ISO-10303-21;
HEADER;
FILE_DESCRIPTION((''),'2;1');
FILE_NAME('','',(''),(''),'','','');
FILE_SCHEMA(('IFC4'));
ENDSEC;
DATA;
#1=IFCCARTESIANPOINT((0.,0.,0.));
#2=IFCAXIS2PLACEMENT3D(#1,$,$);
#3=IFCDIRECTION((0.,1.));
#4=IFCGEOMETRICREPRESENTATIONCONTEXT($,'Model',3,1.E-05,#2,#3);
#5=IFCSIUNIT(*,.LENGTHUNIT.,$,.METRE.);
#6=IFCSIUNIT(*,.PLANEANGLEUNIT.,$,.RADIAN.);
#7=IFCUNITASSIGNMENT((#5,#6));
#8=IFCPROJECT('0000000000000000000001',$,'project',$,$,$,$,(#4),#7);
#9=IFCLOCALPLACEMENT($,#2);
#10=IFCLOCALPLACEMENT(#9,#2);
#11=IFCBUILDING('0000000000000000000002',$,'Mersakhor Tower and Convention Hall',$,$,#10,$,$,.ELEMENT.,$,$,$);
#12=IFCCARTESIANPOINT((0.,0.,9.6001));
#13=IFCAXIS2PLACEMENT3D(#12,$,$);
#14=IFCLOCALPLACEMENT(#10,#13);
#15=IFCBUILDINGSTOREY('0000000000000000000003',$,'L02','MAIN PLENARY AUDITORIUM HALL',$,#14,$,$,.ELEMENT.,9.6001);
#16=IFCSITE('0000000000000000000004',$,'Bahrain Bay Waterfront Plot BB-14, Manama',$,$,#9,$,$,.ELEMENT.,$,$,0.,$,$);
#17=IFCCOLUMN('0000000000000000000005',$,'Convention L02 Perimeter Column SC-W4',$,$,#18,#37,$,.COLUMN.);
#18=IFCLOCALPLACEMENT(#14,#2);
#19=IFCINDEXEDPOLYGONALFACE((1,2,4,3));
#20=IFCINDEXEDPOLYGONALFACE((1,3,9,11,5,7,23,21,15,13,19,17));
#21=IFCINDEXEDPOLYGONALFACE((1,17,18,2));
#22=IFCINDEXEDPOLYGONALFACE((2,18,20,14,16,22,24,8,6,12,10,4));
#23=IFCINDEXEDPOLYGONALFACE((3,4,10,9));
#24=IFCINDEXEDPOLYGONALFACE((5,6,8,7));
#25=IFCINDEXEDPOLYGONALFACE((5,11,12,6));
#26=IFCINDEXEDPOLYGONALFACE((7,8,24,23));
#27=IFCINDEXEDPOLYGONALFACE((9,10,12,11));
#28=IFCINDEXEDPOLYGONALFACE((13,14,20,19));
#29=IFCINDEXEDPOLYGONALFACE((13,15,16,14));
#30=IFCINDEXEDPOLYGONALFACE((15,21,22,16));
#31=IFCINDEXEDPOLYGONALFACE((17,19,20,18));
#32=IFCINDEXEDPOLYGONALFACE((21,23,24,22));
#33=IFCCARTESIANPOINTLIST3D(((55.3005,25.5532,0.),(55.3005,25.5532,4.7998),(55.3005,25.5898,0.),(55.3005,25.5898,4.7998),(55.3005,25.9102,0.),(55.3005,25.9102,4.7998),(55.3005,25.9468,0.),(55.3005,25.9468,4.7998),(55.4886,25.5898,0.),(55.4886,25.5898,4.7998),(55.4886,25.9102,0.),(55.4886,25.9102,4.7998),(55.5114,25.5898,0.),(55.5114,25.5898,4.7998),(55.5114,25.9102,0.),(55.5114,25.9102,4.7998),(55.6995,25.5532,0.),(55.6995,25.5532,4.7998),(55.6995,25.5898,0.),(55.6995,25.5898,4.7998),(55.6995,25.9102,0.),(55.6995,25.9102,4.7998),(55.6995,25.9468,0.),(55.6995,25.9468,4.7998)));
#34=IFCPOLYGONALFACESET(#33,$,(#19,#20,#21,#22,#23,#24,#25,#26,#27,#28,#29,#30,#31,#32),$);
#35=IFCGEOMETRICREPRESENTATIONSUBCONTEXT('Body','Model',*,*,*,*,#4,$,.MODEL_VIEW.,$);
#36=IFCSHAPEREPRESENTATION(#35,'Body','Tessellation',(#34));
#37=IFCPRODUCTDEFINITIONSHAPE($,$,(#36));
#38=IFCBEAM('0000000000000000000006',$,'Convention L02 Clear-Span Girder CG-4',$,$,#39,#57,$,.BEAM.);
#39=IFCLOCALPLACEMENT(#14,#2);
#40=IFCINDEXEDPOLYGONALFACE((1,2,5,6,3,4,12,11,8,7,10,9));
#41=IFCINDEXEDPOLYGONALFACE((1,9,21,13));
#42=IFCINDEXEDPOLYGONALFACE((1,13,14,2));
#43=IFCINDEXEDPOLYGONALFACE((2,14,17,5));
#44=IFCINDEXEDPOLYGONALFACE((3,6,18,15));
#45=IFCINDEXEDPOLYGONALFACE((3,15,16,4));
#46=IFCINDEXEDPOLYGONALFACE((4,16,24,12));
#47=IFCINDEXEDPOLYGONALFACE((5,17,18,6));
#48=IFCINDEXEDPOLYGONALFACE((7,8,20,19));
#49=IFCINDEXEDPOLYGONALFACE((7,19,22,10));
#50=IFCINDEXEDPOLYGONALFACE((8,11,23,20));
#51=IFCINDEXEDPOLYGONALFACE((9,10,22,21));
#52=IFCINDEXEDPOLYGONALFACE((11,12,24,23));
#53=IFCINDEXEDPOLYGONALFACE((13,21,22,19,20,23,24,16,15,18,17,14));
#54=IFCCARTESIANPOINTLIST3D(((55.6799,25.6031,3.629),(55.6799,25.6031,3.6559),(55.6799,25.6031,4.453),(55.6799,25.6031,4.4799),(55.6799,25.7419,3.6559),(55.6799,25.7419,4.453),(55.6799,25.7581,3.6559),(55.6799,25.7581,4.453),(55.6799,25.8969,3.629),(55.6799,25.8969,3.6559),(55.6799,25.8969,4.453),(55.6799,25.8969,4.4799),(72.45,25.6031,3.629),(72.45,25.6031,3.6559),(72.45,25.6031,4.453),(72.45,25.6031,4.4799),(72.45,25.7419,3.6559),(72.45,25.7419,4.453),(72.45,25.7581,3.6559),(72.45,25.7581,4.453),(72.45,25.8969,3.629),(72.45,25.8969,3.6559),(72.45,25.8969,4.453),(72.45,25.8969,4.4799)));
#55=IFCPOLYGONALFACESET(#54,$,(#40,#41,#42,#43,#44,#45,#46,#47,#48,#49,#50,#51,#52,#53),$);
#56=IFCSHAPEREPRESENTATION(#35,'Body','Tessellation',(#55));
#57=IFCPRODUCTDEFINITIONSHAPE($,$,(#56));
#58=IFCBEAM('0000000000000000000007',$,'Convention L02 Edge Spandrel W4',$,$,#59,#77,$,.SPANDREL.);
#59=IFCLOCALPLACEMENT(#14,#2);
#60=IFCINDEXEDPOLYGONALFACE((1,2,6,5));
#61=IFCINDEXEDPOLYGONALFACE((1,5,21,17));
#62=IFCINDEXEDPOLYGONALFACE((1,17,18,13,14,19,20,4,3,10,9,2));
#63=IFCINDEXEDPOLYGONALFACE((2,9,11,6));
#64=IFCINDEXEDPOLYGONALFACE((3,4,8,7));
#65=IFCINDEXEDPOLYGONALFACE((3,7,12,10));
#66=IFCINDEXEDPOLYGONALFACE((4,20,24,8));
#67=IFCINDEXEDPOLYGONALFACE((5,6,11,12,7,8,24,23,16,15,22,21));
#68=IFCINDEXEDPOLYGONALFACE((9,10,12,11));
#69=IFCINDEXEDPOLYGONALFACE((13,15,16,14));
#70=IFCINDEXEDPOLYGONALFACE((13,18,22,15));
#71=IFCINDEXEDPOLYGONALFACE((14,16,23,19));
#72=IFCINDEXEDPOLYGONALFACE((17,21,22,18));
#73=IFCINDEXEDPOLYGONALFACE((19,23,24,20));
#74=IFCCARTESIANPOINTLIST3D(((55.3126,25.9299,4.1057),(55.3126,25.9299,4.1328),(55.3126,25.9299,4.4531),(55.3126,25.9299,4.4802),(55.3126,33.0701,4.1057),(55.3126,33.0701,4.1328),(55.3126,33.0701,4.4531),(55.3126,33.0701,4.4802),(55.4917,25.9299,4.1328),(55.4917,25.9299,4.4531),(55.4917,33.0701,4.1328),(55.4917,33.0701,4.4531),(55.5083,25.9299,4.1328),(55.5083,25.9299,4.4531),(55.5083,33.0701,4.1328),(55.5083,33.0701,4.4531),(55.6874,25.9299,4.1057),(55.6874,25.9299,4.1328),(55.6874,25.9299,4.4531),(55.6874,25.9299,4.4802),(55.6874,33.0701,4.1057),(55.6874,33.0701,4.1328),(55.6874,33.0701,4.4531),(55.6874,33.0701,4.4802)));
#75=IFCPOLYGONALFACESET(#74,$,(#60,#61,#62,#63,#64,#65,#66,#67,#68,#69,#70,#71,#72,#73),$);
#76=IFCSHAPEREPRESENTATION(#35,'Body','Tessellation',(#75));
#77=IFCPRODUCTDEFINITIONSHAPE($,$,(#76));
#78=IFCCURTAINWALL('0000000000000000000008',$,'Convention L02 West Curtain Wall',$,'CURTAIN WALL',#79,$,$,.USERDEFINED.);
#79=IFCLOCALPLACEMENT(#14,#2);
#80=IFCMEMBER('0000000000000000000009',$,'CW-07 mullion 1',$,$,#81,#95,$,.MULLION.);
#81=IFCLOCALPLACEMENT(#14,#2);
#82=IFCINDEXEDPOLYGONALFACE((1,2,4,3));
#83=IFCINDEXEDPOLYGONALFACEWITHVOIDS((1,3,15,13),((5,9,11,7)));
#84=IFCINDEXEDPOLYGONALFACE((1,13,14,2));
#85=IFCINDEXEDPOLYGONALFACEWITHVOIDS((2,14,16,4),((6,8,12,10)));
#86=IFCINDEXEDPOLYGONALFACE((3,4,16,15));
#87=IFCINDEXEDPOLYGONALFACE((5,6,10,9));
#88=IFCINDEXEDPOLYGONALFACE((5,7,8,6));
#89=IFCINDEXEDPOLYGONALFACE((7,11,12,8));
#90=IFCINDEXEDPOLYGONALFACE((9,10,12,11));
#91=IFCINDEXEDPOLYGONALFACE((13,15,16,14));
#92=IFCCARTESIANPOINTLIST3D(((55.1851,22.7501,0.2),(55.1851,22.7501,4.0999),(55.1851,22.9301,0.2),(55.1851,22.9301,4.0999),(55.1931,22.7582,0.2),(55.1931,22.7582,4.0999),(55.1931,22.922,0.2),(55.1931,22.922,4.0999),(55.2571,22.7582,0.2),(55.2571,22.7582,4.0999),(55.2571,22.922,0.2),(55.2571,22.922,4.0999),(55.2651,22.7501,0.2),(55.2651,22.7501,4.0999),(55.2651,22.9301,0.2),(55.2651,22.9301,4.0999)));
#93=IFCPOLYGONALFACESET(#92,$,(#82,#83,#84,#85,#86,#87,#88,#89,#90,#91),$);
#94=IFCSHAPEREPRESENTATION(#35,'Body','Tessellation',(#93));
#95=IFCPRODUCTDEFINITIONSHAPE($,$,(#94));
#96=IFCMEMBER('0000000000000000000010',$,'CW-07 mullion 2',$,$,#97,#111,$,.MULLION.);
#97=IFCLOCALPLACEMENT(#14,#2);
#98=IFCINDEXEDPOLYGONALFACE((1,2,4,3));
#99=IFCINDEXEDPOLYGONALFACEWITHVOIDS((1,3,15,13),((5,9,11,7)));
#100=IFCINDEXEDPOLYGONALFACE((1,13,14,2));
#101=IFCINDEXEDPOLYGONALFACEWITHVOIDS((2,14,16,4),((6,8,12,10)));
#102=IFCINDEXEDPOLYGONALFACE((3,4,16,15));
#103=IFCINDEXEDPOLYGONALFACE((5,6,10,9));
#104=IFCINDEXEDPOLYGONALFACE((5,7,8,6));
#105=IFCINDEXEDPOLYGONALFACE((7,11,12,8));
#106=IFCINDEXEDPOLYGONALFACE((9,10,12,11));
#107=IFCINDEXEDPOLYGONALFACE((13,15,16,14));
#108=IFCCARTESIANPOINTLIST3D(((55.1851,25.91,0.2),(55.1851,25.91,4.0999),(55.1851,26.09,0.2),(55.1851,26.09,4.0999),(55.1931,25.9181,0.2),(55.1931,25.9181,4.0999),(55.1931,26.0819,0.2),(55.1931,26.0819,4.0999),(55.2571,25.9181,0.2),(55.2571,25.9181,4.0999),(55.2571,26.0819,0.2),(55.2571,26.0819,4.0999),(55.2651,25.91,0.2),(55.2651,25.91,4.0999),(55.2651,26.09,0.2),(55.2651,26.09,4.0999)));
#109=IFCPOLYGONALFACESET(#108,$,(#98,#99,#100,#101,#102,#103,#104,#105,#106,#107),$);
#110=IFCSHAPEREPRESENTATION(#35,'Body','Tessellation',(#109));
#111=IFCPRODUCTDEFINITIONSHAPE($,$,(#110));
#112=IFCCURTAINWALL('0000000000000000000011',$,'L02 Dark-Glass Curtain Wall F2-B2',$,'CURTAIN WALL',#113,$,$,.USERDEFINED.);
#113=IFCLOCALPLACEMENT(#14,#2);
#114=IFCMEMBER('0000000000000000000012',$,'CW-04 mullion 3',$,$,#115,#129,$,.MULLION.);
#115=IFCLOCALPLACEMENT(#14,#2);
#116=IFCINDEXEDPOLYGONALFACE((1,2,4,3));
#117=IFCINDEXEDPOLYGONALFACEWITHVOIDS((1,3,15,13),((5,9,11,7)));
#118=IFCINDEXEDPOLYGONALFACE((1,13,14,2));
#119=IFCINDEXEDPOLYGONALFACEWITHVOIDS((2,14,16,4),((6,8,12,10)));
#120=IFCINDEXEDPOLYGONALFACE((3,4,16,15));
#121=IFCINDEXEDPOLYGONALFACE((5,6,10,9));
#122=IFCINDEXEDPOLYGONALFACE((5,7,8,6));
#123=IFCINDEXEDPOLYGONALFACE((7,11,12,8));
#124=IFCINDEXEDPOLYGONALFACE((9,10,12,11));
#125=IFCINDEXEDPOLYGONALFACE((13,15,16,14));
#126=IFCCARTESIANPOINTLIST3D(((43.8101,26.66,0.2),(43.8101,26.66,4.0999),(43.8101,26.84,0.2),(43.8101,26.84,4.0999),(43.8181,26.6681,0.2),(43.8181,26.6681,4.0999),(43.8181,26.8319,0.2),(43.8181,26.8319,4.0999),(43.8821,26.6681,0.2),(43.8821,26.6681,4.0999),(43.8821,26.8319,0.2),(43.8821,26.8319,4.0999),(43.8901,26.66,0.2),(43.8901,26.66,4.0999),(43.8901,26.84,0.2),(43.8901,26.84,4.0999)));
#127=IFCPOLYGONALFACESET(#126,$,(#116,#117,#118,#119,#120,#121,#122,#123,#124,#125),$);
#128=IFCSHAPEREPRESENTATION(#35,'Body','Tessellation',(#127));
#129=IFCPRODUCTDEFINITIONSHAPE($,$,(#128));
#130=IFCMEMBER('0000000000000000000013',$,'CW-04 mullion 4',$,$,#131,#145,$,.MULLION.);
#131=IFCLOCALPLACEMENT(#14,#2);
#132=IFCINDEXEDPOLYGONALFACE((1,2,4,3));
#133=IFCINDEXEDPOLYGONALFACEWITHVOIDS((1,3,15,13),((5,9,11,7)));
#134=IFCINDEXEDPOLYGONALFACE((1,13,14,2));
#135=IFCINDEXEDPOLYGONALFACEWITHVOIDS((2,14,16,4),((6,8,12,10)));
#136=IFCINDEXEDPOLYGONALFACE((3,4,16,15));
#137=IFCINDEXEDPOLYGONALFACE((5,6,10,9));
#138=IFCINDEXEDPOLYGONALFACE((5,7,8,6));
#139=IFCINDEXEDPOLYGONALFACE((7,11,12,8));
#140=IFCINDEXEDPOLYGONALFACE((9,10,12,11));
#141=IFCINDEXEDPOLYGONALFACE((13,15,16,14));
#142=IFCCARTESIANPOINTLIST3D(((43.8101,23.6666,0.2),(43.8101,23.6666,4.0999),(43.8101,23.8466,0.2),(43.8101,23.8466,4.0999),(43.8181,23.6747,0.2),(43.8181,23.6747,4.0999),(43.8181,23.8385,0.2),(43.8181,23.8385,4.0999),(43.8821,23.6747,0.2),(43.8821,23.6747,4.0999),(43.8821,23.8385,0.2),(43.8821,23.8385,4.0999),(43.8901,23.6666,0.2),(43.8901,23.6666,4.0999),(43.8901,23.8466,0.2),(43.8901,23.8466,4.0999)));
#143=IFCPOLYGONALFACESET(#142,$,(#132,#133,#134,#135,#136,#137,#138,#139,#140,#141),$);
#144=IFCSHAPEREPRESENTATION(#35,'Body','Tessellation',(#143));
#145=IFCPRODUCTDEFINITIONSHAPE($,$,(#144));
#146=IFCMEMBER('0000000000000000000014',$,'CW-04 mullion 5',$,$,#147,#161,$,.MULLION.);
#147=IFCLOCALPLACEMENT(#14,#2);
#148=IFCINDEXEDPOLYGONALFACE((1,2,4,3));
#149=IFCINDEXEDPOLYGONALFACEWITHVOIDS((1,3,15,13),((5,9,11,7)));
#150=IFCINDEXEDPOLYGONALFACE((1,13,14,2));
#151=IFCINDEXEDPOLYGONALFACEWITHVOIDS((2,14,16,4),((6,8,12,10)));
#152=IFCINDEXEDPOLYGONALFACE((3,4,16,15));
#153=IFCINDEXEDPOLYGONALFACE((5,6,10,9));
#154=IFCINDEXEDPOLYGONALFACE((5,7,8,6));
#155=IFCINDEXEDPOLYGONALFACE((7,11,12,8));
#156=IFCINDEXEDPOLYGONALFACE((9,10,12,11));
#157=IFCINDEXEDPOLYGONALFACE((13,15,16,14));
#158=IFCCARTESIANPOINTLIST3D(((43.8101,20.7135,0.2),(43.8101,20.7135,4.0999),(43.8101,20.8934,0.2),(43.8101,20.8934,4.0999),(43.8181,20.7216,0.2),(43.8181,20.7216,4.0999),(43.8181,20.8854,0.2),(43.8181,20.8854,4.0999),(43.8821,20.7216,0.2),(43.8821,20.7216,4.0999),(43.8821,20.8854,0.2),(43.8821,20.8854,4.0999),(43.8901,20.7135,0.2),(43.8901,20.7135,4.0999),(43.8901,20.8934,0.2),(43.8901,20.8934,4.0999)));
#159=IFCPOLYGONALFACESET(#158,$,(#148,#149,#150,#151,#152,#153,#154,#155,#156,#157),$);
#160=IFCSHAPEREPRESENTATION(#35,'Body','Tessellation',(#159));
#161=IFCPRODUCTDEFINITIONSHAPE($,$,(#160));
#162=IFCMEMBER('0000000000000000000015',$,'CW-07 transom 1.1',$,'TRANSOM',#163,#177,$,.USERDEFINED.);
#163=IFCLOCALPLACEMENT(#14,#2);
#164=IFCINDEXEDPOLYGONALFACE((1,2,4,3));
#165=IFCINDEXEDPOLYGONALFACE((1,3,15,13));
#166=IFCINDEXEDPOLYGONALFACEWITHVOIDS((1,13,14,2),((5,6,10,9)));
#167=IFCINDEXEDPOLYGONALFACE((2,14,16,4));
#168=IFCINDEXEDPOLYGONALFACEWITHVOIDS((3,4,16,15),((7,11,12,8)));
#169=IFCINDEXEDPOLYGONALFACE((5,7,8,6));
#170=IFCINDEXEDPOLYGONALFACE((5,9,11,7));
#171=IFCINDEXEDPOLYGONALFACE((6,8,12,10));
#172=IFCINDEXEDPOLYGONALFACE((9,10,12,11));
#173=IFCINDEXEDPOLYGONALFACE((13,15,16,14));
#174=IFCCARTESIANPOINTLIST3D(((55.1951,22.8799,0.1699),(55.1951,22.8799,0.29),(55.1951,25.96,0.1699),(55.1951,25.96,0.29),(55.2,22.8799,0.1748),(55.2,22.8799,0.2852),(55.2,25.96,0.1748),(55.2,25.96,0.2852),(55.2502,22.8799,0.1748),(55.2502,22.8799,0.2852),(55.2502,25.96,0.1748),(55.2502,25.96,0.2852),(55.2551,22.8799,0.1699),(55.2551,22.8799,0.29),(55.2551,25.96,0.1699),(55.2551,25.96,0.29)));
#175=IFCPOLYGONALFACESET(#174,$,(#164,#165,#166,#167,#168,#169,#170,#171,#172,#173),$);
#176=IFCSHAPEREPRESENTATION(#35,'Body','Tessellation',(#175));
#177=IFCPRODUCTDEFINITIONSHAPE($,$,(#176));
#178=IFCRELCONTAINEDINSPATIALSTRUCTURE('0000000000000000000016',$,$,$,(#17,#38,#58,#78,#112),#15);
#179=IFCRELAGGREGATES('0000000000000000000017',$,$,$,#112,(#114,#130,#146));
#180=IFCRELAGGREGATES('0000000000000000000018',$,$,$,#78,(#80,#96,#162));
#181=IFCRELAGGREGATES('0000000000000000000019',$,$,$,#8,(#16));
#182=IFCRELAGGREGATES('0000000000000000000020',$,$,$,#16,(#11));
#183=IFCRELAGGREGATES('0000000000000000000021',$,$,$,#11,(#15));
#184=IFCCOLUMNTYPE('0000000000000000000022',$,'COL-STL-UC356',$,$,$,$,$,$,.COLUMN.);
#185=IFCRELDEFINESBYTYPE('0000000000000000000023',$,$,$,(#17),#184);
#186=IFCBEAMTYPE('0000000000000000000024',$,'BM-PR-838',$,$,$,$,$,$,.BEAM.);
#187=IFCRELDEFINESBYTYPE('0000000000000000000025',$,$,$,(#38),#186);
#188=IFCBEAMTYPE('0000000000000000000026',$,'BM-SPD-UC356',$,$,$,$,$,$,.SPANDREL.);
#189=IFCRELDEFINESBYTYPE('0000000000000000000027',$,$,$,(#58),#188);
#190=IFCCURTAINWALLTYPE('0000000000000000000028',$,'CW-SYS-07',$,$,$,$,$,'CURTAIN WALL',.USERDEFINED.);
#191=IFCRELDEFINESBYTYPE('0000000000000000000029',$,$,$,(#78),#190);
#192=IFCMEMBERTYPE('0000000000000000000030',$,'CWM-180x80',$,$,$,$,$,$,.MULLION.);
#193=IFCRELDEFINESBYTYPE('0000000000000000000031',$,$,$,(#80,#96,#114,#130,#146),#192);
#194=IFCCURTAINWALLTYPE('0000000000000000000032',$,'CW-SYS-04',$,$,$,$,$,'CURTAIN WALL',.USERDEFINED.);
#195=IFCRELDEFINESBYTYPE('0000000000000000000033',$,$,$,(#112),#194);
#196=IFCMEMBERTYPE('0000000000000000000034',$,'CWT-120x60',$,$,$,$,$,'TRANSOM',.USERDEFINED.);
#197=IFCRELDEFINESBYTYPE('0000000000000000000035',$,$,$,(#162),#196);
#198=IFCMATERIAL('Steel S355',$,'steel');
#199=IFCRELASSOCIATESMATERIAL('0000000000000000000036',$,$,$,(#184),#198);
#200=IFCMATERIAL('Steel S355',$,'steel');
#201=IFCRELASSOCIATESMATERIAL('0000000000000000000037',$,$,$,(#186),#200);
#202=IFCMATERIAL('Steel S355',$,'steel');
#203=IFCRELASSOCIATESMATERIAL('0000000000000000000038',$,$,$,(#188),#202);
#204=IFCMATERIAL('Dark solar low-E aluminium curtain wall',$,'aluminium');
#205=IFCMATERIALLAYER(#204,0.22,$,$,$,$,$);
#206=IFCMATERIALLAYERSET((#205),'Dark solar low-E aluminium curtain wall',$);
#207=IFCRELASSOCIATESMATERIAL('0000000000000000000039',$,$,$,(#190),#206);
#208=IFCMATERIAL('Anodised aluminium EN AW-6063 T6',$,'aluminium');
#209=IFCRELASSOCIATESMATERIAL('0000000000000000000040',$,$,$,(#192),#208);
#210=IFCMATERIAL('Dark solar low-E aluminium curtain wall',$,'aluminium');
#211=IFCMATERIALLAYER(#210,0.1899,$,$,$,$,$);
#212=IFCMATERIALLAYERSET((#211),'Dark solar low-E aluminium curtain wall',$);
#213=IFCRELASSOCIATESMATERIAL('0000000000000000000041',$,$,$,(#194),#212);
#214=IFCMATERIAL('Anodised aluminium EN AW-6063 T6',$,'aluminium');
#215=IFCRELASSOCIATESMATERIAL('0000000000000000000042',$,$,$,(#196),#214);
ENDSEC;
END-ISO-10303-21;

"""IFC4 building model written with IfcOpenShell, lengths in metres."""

from ifc_helpers import new_model, si_unit, direction, frame, origin, origin_2d, place, context, subcontext, project, spatial, hollow_rectangle, i_section, extrude, material, layer, layer_set, material_profile, profile_set, type_object, element, aggregate, save


model = new_model("IFC4")

# Units and contexts
model_context = context("Model", 3, precision=1e-05, world=origin(), true_north=direction((0.0, 1.0)))
body_context = subcontext(model_context, "Body", "Model", "MODEL_VIEW")
ifc_project = project(units=[si_unit("LENGTHUNIT", "METRE"), si_unit("PLANEANGLEUNIT", "RADIAN")], contexts=[model_context])

# Site, building, storey
site_placement = place(None, origin())
site = spatial("IfcSite", under=ifc_project, at=site_placement, Name="Bahrain Bay Waterfront Plot BB-14, Manama", CompositionType="ELEMENT", RefElevation=0.0)
building_placement = place(site_placement, origin())
building = spatial("IfcBuilding", under=site, at=building_placement, Name="Mersakhor Tower and Convention Hall", CompositionType="ELEMENT")
storey_placement = place(building_placement, frame((0.0, 0.0, 9.6001)))
storey = spatial("IfcBuildingStorey", under=building, at=storey_placement, Name="L02", Description="MAIN PLENARY AUDITORIUM HALL", CompositionType="ELEMENT", Elevation=9.6001)

# Column
ifc_material_1 = material(Name="Steel S355", Category="steel")
ifc_material_profile_1 = material_profile(ifc_material_1, i_section(OverallWidth=0.3989, OverallDepth=0.3936, WebThickness=0.0227, FlangeThickness=0.0366, at=origin_2d()), Name="UC 356x406x287")
ifc_profile_set_1 = profile_set([ifc_material_profile_1], Name="Steel S355")
column_type = type_object("IfcColumnType", Name="COL-STL-UC356", PredefinedType="COLUMN", material=ifc_profile_set_1)
column_placement = place(storey_placement, frame((55.5, 25.75, 0.0), z_axis=(0.0, 0.0, 1.0), x_axis=(1.0, 0.0, 0.0)))
element("IfcColumn", 1, at=column_placement, inside=storey, type_object=column_type, Name="Convention L02 Perimeter Column SC-W4", PredefinedType="COLUMN", context=body_context, shape_type="SweptSolid", body=[
    extrude(i_section(OverallWidth=0.3989, OverallDepth=0.3936, WebThickness=0.0227, FlangeThickness=0.0366, at=origin_2d()), origin(), (0.0, 0.0, 1.0), 4.7998),
])

# Beams
ifc_material_2 = material(Name="Steel S355", Category="steel")
ifc_material_profile_2 = material_profile(ifc_material_2, i_section(OverallWidth=0.2937, OverallDepth=0.8508, WebThickness=0.0161, FlangeThickness=0.0269, at=origin_2d()), Name="UB 838x292x226")
ifc_profile_set_2 = profile_set([ifc_material_profile_2], Name="Steel S355")
beam_type_1 = type_object("IfcBeamType", Name="BM-PR-838", PredefinedType="BEAM", material=ifc_profile_set_2)
beam_1_placement = place(storey_placement, frame((55.6799, 25.75, 4.0544), z_axis=(1.0, 0.0, 0.0), x_axis=(0.0, 1.0, 0.0)))
element("IfcBeam", 2, at=beam_1_placement, inside=storey, type_object=beam_type_1, Name="Convention L02 Clear-Span Girder CG-4", PredefinedType="BEAM", context=body_context, shape_type="SweptSolid", body=[
    extrude(i_section(OverallWidth=0.2937, OverallDepth=0.8508, WebThickness=0.0161, FlangeThickness=0.0269, at=origin_2d()), origin(), (0.0, 0.0, 1.0), 16.77),
])
ifc_material_3 = material(Name="Steel S355", Category="steel")
ifc_material_profile_3 = material_profile(ifc_material_3, i_section(OverallWidth=0.3748, OverallDepth=0.3745, WebThickness=0.0166, FlangeThickness=0.0271, at=origin_2d()), Name="UC 356x368x202")
ifc_profile_set_3 = profile_set([ifc_material_profile_3], Name="Steel S355")
beam_type_2 = type_object("IfcBeamType", Name="BM-SPD-UC356", PredefinedType="SPANDREL", material=ifc_profile_set_3)
beam_2_placement = place(storey_placement, frame((55.5, 25.9299, 4.293), z_axis=(0.0, 1.0, 0.0), x_axis=(-1.0, 0.0, 0.0)))
element("IfcBeam", 3, at=beam_2_placement, inside=storey, type_object=beam_type_2, Name="Convention L02 Edge Spandrel W4", PredefinedType="SPANDREL", context=body_context, shape_type="SweptSolid", body=[
    extrude(i_section(OverallWidth=0.3748, OverallDepth=0.3745, WebThickness=0.0166, FlangeThickness=0.0271, at=origin_2d()), origin(), (0.0, 0.0, 1.0), 7.1401),
])

# Curtain walls, members
ifc_material_4 = material(Name="Dark solar low-E aluminium curtain wall", Category="aluminium")
ifc_layer_1 = layer(ifc_material_4, 0.22)
ifc_layer_set_1 = layer_set([ifc_layer_1], Name="Dark solar low-E aluminium curtain wall")
curtain_wall_type_1 = type_object("IfcCurtainWallType", Name="CW-SYS-07", ElementType="CURTAIN WALL", PredefinedType="USERDEFINED", material=ifc_layer_set_1)
curtain_wall_1_placement = place(storey_placement, origin())
curtain_wall_1 = element("IfcCurtainWall", 4, at=curtain_wall_1_placement, inside=storey, type_object=curtain_wall_type_1, Name="Convention L02 West Curtain Wall", ObjectType="CURTAIN WALL", PredefinedType="USERDEFINED")
ifc_material_5 = material(Name="Anodised aluminium EN AW-6063 T6", Category="aluminium")
ifc_material_profile_4 = material_profile(ifc_material_5, hollow_rectangle(XDim=0.0801, YDim=0.1799, WallThickness=0.0081, at=origin_2d()), Name="RHS 180x80x8")
ifc_profile_set_4 = profile_set([ifc_material_profile_4], Name="Anodised aluminium EN AW-6063 T6")
member_type_1 = type_object("IfcMemberType", Name="CWM-180x80", PredefinedType="MULLION", material=ifc_profile_set_4)
member_1_placement = place(storey_placement, frame((55.2251, 22.8401, 0.2), z_axis=(0.0, 0.0, 1.0), x_axis=(-1.0, 0.0, 0.0)))
member_1 = element("IfcMember", 5, at=member_1_placement, type_object=member_type_1, Name="CW-07 mullion 1", PredefinedType="MULLION", context=body_context, shape_type="SweptSolid", body=[
    extrude(hollow_rectangle(XDim=0.0801, YDim=0.1799, WallThickness=0.0081, at=origin_2d()), origin(), (0.0, 0.0, 1.0), 3.8999),
])
member_2_placement = place(storey_placement, frame((55.2251, 26.0, 0.2), z_axis=(0.0, 0.0, 1.0), x_axis=(-1.0, 0.0, 0.0)))
member_2 = element("IfcMember", 6, at=member_2_placement, type_object=member_type_1, Name="CW-07 mullion 2", PredefinedType="MULLION", context=body_context, shape_type="SweptSolid", body=[
    extrude(hollow_rectangle(XDim=0.0801, YDim=0.1799, WallThickness=0.0081, at=origin_2d()), origin(), (0.0, 0.0, 1.0), 3.8999),
])
ifc_material_6 = material(Name="Dark solar low-E aluminium curtain wall", Category="aluminium")
ifc_layer_2 = layer(ifc_material_6, 0.1899)
ifc_layer_set_2 = layer_set([ifc_layer_2], Name="Dark solar low-E aluminium curtain wall")
curtain_wall_type_2 = type_object("IfcCurtainWallType", Name="CW-SYS-04", ElementType="CURTAIN WALL", PredefinedType="USERDEFINED", material=ifc_layer_set_2)
curtain_wall_2_placement = place(storey_placement, origin())
curtain_wall_2 = element("IfcCurtainWall", 7, at=curtain_wall_2_placement, inside=storey, type_object=curtain_wall_type_2, Name="L02 Dark-Glass Curtain Wall F2-B2", ObjectType="CURTAIN WALL", PredefinedType="USERDEFINED")
member_3_placement = place(storey_placement, frame((43.8501, 26.75, 0.2), z_axis=(0.0, 0.0, 1.0), x_axis=(1.0, 0.0, 0.0)))
member_3 = element("IfcMember", 8, at=member_3_placement, type_object=member_type_1, Name="CW-04 mullion 3", PredefinedType="MULLION", context=body_context, shape_type="SweptSolid", body=[
    extrude(hollow_rectangle(XDim=0.0801, YDim=0.1799, WallThickness=0.0081, at=origin_2d()), origin(), (0.0, 0.0, 1.0), 3.8999),
])
member_4_placement = place(storey_placement, frame((43.8501, 23.7566, 0.2), z_axis=(0.0, 0.0, 1.0), x_axis=(1.0, 0.0, 0.0)))
member_4 = element("IfcMember", 9, at=member_4_placement, type_object=member_type_1, Name="CW-04 mullion 4", PredefinedType="MULLION", context=body_context, shape_type="SweptSolid", body=[
    extrude(hollow_rectangle(XDim=0.0801, YDim=0.1799, WallThickness=0.0081, at=origin_2d()), origin(), (0.0, 0.0, 1.0), 3.8999),
])
member_5_placement = place(storey_placement, frame((43.8501, 20.8035, 0.2), z_axis=(0.0, 0.0, 1.0), x_axis=(1.0, 0.0, 0.0)))
member_5 = element("IfcMember", 10, at=member_5_placement, type_object=member_type_1, Name="CW-04 mullion 5", PredefinedType="MULLION", context=body_context, shape_type="SweptSolid", body=[
    extrude(hollow_rectangle(XDim=0.0801, YDim=0.1799, WallThickness=0.0081, at=origin_2d()), origin(), (0.0, 0.0, 1.0), 3.8999),
])

# Member
ifc_material_7 = material(Name="Anodised aluminium EN AW-6063 T6", Category="aluminium")
ifc_material_profile_5 = material_profile(ifc_material_7, hollow_rectangle(XDim=0.0601, YDim=0.1201, WallThickness=0.0049, at=origin_2d()), Name="RHS 120x60x5")
ifc_profile_set_5 = profile_set([ifc_material_profile_5], Name="Anodised aluminium EN AW-6063 T6")
member_type_2 = type_object("IfcMemberType", Name="CWT-120x60", ElementType="TRANSOM", PredefinedType="USERDEFINED", material=ifc_profile_set_5)
member_6_placement = place(storey_placement, frame((55.2251, 22.8799, 0.23), z_axis=(0.0, 1.0, 0.0), x_axis=(-1.0, 0.0, 0.0)))
member_6 = element("IfcMember", 11, at=member_6_placement, type_object=member_type_2, Name="CW-07 transom 1.1", ObjectType="TRANSOM", PredefinedType="USERDEFINED", context=body_context, shape_type="SweptSolid", body=[
    extrude(hollow_rectangle(XDim=0.0601, YDim=0.1201, WallThickness=0.0049, at=origin_2d()), origin(), (0.0, 0.0, 1.0), 3.0801),
])

aggregate(curtain_wall_2, [member_3, member_4, member_5])
aggregate(curtain_wall_1, [member_1, member_2, member_6])

save(model, "model.ifc")
